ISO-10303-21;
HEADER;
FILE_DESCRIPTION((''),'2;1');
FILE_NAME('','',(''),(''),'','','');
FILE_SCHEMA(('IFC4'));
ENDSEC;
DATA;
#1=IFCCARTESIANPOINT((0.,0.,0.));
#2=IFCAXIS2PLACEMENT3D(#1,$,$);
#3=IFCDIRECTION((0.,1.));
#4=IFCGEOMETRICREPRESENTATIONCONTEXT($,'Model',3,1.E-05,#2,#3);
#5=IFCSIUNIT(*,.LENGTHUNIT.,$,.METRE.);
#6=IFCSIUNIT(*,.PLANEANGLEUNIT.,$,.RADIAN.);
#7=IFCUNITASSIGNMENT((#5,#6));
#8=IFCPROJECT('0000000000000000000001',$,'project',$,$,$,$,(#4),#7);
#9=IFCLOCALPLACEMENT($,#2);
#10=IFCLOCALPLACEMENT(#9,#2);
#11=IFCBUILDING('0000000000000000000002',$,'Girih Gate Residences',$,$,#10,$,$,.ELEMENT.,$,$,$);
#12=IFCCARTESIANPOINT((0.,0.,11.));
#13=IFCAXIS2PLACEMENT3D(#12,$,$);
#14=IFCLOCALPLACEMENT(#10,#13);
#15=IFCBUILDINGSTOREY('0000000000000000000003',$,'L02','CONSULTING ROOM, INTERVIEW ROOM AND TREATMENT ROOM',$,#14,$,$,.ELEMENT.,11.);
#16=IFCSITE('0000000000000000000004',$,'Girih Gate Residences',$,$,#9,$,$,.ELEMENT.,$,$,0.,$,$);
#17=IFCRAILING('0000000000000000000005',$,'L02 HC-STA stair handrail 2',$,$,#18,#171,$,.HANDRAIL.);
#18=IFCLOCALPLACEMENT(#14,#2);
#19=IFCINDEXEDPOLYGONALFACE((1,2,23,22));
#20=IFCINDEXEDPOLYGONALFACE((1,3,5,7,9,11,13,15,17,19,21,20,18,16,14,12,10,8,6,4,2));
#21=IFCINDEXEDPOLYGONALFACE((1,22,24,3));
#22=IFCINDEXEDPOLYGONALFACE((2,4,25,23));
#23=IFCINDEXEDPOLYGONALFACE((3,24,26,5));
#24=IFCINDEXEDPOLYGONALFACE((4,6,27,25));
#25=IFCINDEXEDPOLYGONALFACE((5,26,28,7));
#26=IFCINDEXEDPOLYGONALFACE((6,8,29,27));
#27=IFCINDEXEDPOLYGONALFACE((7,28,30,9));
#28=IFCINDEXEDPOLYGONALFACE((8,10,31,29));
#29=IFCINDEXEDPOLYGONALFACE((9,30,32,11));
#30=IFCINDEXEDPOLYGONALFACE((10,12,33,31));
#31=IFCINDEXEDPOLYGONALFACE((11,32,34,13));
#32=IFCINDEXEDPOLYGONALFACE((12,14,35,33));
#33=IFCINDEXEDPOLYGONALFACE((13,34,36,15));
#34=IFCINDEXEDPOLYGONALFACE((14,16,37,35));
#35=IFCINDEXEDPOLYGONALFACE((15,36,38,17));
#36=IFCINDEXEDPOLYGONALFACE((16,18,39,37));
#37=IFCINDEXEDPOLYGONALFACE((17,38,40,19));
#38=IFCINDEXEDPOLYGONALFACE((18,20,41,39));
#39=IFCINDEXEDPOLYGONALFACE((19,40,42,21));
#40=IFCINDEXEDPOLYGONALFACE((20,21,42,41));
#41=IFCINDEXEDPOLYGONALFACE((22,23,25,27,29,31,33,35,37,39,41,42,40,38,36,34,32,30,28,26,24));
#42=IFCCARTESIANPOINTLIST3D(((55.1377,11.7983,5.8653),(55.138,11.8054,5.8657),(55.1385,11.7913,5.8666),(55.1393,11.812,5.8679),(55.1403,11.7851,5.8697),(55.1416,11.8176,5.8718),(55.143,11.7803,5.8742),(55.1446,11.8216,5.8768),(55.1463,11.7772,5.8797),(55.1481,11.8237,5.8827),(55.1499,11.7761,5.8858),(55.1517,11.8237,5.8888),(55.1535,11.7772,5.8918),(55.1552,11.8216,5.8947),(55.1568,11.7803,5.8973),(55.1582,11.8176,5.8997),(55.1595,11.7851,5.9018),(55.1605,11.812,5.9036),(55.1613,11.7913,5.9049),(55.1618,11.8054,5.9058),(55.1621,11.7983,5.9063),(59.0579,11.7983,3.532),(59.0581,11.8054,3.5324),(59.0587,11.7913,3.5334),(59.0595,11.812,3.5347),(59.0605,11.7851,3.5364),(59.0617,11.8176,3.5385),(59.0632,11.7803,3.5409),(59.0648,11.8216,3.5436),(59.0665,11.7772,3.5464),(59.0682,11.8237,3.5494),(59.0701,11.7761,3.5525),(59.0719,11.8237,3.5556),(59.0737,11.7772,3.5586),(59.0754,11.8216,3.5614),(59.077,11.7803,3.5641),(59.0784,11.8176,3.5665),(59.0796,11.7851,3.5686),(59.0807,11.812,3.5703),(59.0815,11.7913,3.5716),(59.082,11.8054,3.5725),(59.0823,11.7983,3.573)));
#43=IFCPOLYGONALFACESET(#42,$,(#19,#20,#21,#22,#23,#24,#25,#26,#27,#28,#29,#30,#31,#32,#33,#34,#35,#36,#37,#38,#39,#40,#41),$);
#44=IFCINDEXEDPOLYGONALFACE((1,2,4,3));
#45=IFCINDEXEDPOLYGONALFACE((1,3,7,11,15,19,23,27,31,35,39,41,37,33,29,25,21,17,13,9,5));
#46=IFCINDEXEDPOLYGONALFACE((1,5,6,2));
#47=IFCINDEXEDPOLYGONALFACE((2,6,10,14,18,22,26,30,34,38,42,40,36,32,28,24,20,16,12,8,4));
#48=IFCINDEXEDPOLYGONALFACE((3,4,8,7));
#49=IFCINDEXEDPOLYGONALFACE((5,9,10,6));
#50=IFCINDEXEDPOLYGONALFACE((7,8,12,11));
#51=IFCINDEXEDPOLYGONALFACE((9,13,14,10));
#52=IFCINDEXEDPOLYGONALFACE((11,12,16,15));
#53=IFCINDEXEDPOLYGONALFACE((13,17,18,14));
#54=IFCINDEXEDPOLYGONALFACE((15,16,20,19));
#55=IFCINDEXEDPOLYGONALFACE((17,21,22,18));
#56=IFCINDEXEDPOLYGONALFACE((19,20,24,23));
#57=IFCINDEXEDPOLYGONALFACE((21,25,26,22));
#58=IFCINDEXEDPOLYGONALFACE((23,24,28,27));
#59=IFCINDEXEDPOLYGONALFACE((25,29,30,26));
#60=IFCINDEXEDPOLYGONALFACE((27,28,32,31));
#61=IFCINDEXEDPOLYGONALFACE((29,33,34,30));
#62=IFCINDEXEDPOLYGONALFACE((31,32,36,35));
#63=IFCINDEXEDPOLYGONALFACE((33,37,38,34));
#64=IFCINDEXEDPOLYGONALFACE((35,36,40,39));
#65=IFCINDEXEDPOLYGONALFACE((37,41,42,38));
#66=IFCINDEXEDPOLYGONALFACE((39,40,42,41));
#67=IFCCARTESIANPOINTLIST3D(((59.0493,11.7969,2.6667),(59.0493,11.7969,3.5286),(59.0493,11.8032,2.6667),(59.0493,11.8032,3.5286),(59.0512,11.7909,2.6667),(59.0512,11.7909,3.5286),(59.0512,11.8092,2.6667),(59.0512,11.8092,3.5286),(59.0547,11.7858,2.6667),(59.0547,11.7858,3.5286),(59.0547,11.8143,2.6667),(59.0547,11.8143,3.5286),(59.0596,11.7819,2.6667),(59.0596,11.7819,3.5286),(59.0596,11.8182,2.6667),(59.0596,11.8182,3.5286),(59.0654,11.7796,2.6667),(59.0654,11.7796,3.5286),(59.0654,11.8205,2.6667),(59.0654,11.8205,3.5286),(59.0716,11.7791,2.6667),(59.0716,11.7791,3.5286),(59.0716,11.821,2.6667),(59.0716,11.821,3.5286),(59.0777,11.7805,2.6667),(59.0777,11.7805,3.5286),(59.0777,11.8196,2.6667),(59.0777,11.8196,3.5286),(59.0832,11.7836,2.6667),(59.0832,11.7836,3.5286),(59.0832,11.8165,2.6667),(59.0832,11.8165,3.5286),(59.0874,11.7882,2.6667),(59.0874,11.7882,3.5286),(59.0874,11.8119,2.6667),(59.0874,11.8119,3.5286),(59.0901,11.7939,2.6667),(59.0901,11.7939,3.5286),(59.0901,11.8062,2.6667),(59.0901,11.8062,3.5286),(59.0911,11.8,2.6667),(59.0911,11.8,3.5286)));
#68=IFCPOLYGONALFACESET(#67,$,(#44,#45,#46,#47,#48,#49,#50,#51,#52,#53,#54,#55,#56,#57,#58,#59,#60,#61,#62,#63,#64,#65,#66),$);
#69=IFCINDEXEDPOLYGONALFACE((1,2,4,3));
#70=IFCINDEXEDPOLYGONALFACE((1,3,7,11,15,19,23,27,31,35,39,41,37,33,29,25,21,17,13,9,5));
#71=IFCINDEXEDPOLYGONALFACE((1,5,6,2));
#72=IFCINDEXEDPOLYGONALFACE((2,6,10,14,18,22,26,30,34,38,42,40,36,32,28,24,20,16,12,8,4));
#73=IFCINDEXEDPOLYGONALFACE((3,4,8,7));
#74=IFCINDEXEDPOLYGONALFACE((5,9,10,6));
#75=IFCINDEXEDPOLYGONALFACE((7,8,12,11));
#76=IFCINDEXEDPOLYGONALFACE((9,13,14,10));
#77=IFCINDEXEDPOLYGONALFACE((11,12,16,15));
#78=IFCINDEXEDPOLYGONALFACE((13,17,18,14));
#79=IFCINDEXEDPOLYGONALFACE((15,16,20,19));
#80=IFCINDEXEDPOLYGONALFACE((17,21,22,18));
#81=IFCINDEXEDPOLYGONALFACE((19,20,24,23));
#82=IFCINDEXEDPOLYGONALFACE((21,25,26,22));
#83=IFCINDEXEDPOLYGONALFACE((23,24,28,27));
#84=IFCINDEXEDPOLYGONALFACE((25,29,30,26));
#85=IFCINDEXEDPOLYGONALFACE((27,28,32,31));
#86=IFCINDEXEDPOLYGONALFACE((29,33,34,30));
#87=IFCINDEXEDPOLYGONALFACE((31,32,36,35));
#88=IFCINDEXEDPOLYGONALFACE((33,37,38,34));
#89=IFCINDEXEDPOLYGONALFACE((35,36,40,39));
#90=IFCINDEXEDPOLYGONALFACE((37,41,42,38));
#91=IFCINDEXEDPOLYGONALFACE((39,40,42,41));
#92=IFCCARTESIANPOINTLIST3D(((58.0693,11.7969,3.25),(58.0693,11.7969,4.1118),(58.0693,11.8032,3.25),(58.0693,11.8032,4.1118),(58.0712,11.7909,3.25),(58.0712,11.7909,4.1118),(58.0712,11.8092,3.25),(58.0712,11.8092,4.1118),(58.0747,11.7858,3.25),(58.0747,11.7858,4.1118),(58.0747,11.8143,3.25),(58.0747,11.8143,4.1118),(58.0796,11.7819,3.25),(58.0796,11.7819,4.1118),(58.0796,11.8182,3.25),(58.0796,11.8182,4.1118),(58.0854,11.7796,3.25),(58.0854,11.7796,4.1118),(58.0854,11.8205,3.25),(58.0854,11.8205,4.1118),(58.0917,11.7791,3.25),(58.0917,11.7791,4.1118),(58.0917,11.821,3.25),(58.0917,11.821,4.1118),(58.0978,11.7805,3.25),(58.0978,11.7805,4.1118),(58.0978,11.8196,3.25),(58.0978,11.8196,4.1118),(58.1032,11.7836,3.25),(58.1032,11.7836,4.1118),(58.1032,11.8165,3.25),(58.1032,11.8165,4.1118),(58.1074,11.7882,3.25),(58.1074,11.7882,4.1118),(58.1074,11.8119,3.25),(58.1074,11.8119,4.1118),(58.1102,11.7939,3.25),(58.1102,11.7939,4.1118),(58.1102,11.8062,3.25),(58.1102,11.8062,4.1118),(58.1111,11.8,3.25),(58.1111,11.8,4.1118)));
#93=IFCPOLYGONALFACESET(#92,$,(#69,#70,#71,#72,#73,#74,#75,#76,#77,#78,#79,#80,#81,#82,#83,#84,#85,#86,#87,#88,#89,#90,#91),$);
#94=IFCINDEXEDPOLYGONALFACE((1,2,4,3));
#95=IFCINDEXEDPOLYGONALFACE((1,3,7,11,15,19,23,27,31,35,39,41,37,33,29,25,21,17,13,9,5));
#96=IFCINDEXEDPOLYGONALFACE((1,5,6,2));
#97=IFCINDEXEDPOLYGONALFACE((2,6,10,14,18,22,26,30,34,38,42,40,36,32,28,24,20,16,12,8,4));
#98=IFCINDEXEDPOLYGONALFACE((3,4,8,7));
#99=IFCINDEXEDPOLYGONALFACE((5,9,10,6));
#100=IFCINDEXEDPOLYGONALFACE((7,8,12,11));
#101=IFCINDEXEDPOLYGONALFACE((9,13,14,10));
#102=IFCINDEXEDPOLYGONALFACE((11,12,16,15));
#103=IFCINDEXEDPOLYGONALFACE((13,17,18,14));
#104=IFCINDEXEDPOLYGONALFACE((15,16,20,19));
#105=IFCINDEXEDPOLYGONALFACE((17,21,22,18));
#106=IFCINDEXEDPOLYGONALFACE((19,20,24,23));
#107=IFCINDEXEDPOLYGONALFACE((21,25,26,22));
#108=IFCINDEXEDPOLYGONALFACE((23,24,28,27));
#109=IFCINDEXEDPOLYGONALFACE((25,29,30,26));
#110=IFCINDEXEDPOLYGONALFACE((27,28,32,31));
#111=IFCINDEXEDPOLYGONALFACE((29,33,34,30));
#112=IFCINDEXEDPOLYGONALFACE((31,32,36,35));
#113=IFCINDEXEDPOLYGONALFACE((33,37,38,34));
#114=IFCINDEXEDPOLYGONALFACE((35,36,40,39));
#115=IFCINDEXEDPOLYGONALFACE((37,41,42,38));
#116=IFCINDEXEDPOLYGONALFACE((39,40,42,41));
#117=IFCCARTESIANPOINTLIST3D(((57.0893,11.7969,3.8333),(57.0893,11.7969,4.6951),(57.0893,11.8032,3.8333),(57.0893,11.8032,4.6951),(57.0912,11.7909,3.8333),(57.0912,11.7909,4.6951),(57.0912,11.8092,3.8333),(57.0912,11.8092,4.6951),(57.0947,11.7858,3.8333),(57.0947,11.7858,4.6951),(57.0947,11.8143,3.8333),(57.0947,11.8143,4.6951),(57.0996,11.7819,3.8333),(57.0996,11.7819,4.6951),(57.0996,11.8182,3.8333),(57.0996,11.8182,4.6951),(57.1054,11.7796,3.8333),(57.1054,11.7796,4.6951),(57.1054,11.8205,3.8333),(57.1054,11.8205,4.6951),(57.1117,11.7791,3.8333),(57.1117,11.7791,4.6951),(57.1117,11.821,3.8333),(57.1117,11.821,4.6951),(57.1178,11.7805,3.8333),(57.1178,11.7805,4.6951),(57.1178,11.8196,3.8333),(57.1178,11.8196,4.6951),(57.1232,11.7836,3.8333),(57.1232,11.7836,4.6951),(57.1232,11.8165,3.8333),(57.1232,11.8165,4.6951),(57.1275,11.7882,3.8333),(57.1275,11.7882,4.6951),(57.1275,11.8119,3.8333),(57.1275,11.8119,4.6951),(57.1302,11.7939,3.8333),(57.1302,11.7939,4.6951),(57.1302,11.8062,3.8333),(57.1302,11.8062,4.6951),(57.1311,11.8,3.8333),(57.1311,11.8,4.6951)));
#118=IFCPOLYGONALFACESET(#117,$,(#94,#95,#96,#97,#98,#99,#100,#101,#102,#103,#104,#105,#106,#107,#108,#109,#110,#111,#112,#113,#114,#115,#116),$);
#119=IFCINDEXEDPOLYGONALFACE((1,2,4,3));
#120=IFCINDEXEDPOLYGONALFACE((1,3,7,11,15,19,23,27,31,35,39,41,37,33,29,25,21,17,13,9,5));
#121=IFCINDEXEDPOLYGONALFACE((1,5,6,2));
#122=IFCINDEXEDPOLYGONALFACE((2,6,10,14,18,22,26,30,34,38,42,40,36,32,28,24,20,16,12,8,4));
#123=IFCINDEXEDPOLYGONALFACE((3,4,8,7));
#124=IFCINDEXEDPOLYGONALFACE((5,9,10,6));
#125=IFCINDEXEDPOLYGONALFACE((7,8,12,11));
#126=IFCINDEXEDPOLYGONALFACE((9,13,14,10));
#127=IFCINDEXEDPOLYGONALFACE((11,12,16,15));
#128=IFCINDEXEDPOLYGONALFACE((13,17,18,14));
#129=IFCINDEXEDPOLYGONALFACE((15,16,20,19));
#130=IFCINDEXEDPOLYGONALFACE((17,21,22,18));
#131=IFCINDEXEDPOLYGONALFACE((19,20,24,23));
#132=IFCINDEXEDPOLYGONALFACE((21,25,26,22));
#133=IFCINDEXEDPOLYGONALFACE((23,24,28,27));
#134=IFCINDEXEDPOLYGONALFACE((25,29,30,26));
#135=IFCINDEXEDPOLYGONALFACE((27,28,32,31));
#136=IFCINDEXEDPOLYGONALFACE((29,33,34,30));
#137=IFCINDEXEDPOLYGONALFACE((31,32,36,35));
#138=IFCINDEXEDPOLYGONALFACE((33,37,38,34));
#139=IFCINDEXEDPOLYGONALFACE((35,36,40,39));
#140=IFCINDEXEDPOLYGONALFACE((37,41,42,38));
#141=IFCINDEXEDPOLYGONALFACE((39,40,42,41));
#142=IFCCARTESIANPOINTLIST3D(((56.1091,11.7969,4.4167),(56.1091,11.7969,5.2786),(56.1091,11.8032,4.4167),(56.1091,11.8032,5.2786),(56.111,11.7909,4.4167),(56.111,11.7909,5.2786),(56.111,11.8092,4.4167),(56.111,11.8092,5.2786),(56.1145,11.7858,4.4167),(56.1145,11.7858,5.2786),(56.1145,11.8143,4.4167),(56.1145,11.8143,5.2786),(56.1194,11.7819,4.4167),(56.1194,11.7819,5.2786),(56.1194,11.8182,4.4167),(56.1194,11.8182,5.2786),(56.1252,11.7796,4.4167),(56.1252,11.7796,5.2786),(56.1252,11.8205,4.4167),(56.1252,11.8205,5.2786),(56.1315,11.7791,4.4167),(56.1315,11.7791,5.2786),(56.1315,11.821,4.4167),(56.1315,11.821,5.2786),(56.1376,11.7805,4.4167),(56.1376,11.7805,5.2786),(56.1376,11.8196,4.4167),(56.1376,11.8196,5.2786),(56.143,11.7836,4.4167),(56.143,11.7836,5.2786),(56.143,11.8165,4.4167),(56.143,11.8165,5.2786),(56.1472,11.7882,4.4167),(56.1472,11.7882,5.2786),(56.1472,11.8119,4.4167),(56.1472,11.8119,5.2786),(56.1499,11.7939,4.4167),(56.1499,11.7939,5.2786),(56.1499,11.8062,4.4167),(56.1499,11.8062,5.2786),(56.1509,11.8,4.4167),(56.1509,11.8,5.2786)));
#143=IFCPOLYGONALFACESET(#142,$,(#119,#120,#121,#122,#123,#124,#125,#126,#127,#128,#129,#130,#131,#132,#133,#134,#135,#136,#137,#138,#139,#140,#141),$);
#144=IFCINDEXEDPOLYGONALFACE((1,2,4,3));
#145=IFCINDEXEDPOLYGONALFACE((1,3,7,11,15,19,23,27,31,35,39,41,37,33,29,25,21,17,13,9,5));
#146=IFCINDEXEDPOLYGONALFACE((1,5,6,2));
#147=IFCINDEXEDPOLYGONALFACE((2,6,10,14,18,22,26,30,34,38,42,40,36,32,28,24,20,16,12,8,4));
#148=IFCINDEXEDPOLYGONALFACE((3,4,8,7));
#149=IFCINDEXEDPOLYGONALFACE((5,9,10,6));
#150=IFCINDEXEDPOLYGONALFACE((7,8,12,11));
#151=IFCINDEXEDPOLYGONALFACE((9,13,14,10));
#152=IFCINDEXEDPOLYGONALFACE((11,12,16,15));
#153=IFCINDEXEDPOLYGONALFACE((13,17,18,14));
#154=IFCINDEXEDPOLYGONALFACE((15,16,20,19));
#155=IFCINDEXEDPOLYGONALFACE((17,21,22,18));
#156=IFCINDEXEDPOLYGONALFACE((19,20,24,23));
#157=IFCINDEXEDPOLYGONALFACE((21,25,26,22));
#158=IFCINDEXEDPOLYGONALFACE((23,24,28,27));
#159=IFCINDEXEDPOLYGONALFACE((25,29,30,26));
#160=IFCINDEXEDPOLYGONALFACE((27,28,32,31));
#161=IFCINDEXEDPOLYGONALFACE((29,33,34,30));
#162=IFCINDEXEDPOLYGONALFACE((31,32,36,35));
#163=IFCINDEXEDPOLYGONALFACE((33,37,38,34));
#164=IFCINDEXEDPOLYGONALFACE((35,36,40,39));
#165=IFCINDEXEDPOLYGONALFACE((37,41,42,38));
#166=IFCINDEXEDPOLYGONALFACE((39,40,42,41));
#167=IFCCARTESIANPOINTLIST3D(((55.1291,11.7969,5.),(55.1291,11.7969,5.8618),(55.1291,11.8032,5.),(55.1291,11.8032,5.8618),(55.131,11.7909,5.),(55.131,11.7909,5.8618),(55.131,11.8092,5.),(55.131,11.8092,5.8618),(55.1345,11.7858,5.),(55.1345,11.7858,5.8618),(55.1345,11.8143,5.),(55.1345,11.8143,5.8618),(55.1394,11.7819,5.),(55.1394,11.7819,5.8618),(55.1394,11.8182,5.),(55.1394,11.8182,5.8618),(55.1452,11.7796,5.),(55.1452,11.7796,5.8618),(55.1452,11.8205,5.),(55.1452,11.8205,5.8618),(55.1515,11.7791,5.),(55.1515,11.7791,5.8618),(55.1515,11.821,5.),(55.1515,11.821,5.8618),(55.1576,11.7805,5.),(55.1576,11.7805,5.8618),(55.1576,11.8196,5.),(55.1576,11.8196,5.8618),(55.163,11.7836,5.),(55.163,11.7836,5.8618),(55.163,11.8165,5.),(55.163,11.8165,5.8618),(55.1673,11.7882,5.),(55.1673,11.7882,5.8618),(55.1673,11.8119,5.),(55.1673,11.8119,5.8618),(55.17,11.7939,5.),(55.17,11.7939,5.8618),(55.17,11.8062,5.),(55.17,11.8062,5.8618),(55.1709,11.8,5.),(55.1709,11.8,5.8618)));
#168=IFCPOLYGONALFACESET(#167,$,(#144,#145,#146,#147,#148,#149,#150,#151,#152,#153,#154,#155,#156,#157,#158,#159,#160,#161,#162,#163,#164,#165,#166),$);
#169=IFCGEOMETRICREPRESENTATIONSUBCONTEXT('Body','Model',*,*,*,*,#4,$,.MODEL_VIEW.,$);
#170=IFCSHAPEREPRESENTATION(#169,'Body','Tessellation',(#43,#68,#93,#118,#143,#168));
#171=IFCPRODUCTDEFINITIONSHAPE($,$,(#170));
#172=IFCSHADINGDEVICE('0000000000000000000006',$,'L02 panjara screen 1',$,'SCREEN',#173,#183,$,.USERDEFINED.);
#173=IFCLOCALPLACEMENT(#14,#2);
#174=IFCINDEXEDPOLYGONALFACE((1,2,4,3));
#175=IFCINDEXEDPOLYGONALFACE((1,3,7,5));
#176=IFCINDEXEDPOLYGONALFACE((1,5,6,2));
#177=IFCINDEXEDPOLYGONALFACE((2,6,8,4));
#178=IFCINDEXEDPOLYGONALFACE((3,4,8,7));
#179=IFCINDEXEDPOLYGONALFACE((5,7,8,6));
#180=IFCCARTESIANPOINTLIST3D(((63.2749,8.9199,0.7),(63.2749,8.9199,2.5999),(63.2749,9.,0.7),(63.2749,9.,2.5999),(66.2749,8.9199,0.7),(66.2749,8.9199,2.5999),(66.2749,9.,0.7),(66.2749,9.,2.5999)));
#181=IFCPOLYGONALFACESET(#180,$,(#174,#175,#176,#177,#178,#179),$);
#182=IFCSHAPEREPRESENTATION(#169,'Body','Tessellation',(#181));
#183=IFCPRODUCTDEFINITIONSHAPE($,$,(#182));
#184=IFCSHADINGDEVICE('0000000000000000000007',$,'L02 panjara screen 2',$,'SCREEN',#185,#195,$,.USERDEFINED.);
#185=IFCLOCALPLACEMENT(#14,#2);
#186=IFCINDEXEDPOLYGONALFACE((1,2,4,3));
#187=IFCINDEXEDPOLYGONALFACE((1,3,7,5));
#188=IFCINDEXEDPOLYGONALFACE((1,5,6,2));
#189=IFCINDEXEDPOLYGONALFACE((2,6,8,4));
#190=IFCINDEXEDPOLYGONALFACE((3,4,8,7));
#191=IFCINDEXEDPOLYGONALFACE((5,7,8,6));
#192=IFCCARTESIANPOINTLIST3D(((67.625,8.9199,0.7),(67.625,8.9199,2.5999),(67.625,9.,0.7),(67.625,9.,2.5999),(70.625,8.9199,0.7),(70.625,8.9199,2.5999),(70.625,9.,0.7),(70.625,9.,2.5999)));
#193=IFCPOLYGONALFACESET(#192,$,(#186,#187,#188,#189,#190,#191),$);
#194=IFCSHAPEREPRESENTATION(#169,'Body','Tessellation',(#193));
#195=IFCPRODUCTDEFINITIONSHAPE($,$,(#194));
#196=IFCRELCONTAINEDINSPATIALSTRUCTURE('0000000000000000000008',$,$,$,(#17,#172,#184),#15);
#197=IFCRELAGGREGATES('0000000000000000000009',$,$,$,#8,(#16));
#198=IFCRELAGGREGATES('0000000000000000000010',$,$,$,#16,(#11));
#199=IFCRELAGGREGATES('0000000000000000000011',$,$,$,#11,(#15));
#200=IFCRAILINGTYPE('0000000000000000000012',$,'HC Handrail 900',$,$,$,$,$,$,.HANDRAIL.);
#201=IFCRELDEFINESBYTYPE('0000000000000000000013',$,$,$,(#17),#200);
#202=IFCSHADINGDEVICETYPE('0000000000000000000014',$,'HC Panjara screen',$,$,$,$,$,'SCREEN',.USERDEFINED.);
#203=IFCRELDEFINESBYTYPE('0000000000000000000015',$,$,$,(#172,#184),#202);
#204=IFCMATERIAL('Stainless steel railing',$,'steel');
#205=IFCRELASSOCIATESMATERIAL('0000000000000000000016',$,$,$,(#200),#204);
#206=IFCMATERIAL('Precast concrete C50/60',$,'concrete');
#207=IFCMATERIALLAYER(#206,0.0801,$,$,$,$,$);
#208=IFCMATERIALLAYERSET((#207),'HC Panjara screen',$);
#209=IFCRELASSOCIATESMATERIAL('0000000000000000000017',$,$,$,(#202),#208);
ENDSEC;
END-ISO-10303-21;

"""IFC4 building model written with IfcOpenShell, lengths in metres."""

from ifc_helpers import new_model, si_unit, direction, frame, origin, origin_2d, place, context, subcontext, project, spatial, rectangle, circle, extrude, material, layer, layer_set, type_object, element, save


model = new_model("IFC4")

# Units and contexts
model_context = context("Model", 3, precision=1e-05, world=origin(), true_north=direction((0.0, 1.0)))
body_context = subcontext(model_context, "Body", "Model", "MODEL_VIEW")
ifc_project = project(units=[si_unit("LENGTHUNIT", "METRE"), si_unit("PLANEANGLEUNIT", "RADIAN")], contexts=[model_context])

# Site, building, storey
site_placement = place(None, origin())
site = spatial("IfcSite", under=ifc_project, at=site_placement, Name="Girih Gate Residences", CompositionType="ELEMENT", RefElevation=0.0)
building_placement = place(site_placement, origin())
building = spatial("IfcBuilding", under=site, at=building_placement, Name="Girih Gate Residences", CompositionType="ELEMENT")
storey_placement = place(building_placement, frame((0.0, 0.0, 11.0)))
storey = spatial("IfcBuildingStorey", under=building, at=storey_placement, Name="L02", Description="CONSULTING ROOM, INTERVIEW ROOM AND TREATMENT ROOM", CompositionType="ELEMENT", Elevation=11.0)

# Railing
ifc_material_1 = material(Name="Stainless steel railing", Category="steel")
railing_type_1 = type_object("IfcRailingType", Name="HC Handrail 900", PredefinedType="HANDRAIL", material=ifc_material_1)
railing_1_placement = place(storey_placement, frame((59.0701, 11.8, 2.6667)))
element("IfcRailing", 1, at=railing_1_placement, inside=storey, type_object=railing_type_1, Name="L02 HC-STA stair handrail 2", PredefinedType="HANDRAIL", context=body_context, shape_type="SweptSolid", body=[
    extrude(circle(Radius=0.0239, at=origin_2d()), frame((0.0, 0.0, 0.8857), z_axis=(-0.85931, 0.0, 0.511455), x_axis=(0.0, -1.0, 0.0)), (0.0, 0.0, 1.0), 4.562),
    extrude(circle(Radius=0.021, at=origin_2d()), origin(), (0.0, 0.0, 1.0), 0.8618),
    extrude(circle(Radius=0.021, at=origin_2d()), frame((-0.98, 0.0, 0.5833)), (0.0, 0.0, 1.0), 0.8618),
    extrude(circle(Radius=0.021, at=origin_2d()), frame((-1.96, 0.0, 1.1665)), (0.0, 0.0, 1.0), 0.8618),
    extrude(circle(Radius=0.021, at=origin_2d()), frame((-2.9402, 0.0, 1.75)), (0.0, 0.0, 1.0), 0.8618),
    extrude(circle(Radius=0.021, at=origin_2d()), frame((-3.9202, 0.0, 2.3333)), (0.0, 0.0, 1.0), 0.8618),
])

# Shading devices
ifc_material_2 = material(Name="Precast concrete C50/60", Category="concrete")
ifc_layer_1 = layer(ifc_material_2, 0.0801)
ifc_layer_set_1 = layer_set([ifc_layer_1], Name="HC Panjara screen")
shading_device_type = type_object("IfcShadingDeviceType", Name="HC Panjara screen", ElementType="SCREEN", PredefinedType="USERDEFINED", material=ifc_layer_set_1)
for number, where, z_axis, x_axis, name in (
    (2, (64.7749, 8.96, 0.7), (0.0, 0.0, 1.0), (1.0, 0.0, 0.0), "L02 panjara screen 1"),
    (3, (69.125, 8.96, 0.7), (0.0, 0.0, 1.0), (1.0, 0.0, 0.0), "L02 panjara screen 2"),
):
    element("IfcShadingDevice", number, at=place(storey_placement, frame(where, z_axis=z_axis, x_axis=x_axis)), inside=storey, type_object=shading_device_type, Name=name, ObjectType="SCREEN", PredefinedType="USERDEFINED", context=body_context, shape_type="SweptSolid", body=[
        extrude(rectangle(XDim=3.0, YDim=0.0801, at=origin_2d()), origin(), (0.0, 0.0, 1.0), 1.8999),
    ])

save(model, "model.ifc")
